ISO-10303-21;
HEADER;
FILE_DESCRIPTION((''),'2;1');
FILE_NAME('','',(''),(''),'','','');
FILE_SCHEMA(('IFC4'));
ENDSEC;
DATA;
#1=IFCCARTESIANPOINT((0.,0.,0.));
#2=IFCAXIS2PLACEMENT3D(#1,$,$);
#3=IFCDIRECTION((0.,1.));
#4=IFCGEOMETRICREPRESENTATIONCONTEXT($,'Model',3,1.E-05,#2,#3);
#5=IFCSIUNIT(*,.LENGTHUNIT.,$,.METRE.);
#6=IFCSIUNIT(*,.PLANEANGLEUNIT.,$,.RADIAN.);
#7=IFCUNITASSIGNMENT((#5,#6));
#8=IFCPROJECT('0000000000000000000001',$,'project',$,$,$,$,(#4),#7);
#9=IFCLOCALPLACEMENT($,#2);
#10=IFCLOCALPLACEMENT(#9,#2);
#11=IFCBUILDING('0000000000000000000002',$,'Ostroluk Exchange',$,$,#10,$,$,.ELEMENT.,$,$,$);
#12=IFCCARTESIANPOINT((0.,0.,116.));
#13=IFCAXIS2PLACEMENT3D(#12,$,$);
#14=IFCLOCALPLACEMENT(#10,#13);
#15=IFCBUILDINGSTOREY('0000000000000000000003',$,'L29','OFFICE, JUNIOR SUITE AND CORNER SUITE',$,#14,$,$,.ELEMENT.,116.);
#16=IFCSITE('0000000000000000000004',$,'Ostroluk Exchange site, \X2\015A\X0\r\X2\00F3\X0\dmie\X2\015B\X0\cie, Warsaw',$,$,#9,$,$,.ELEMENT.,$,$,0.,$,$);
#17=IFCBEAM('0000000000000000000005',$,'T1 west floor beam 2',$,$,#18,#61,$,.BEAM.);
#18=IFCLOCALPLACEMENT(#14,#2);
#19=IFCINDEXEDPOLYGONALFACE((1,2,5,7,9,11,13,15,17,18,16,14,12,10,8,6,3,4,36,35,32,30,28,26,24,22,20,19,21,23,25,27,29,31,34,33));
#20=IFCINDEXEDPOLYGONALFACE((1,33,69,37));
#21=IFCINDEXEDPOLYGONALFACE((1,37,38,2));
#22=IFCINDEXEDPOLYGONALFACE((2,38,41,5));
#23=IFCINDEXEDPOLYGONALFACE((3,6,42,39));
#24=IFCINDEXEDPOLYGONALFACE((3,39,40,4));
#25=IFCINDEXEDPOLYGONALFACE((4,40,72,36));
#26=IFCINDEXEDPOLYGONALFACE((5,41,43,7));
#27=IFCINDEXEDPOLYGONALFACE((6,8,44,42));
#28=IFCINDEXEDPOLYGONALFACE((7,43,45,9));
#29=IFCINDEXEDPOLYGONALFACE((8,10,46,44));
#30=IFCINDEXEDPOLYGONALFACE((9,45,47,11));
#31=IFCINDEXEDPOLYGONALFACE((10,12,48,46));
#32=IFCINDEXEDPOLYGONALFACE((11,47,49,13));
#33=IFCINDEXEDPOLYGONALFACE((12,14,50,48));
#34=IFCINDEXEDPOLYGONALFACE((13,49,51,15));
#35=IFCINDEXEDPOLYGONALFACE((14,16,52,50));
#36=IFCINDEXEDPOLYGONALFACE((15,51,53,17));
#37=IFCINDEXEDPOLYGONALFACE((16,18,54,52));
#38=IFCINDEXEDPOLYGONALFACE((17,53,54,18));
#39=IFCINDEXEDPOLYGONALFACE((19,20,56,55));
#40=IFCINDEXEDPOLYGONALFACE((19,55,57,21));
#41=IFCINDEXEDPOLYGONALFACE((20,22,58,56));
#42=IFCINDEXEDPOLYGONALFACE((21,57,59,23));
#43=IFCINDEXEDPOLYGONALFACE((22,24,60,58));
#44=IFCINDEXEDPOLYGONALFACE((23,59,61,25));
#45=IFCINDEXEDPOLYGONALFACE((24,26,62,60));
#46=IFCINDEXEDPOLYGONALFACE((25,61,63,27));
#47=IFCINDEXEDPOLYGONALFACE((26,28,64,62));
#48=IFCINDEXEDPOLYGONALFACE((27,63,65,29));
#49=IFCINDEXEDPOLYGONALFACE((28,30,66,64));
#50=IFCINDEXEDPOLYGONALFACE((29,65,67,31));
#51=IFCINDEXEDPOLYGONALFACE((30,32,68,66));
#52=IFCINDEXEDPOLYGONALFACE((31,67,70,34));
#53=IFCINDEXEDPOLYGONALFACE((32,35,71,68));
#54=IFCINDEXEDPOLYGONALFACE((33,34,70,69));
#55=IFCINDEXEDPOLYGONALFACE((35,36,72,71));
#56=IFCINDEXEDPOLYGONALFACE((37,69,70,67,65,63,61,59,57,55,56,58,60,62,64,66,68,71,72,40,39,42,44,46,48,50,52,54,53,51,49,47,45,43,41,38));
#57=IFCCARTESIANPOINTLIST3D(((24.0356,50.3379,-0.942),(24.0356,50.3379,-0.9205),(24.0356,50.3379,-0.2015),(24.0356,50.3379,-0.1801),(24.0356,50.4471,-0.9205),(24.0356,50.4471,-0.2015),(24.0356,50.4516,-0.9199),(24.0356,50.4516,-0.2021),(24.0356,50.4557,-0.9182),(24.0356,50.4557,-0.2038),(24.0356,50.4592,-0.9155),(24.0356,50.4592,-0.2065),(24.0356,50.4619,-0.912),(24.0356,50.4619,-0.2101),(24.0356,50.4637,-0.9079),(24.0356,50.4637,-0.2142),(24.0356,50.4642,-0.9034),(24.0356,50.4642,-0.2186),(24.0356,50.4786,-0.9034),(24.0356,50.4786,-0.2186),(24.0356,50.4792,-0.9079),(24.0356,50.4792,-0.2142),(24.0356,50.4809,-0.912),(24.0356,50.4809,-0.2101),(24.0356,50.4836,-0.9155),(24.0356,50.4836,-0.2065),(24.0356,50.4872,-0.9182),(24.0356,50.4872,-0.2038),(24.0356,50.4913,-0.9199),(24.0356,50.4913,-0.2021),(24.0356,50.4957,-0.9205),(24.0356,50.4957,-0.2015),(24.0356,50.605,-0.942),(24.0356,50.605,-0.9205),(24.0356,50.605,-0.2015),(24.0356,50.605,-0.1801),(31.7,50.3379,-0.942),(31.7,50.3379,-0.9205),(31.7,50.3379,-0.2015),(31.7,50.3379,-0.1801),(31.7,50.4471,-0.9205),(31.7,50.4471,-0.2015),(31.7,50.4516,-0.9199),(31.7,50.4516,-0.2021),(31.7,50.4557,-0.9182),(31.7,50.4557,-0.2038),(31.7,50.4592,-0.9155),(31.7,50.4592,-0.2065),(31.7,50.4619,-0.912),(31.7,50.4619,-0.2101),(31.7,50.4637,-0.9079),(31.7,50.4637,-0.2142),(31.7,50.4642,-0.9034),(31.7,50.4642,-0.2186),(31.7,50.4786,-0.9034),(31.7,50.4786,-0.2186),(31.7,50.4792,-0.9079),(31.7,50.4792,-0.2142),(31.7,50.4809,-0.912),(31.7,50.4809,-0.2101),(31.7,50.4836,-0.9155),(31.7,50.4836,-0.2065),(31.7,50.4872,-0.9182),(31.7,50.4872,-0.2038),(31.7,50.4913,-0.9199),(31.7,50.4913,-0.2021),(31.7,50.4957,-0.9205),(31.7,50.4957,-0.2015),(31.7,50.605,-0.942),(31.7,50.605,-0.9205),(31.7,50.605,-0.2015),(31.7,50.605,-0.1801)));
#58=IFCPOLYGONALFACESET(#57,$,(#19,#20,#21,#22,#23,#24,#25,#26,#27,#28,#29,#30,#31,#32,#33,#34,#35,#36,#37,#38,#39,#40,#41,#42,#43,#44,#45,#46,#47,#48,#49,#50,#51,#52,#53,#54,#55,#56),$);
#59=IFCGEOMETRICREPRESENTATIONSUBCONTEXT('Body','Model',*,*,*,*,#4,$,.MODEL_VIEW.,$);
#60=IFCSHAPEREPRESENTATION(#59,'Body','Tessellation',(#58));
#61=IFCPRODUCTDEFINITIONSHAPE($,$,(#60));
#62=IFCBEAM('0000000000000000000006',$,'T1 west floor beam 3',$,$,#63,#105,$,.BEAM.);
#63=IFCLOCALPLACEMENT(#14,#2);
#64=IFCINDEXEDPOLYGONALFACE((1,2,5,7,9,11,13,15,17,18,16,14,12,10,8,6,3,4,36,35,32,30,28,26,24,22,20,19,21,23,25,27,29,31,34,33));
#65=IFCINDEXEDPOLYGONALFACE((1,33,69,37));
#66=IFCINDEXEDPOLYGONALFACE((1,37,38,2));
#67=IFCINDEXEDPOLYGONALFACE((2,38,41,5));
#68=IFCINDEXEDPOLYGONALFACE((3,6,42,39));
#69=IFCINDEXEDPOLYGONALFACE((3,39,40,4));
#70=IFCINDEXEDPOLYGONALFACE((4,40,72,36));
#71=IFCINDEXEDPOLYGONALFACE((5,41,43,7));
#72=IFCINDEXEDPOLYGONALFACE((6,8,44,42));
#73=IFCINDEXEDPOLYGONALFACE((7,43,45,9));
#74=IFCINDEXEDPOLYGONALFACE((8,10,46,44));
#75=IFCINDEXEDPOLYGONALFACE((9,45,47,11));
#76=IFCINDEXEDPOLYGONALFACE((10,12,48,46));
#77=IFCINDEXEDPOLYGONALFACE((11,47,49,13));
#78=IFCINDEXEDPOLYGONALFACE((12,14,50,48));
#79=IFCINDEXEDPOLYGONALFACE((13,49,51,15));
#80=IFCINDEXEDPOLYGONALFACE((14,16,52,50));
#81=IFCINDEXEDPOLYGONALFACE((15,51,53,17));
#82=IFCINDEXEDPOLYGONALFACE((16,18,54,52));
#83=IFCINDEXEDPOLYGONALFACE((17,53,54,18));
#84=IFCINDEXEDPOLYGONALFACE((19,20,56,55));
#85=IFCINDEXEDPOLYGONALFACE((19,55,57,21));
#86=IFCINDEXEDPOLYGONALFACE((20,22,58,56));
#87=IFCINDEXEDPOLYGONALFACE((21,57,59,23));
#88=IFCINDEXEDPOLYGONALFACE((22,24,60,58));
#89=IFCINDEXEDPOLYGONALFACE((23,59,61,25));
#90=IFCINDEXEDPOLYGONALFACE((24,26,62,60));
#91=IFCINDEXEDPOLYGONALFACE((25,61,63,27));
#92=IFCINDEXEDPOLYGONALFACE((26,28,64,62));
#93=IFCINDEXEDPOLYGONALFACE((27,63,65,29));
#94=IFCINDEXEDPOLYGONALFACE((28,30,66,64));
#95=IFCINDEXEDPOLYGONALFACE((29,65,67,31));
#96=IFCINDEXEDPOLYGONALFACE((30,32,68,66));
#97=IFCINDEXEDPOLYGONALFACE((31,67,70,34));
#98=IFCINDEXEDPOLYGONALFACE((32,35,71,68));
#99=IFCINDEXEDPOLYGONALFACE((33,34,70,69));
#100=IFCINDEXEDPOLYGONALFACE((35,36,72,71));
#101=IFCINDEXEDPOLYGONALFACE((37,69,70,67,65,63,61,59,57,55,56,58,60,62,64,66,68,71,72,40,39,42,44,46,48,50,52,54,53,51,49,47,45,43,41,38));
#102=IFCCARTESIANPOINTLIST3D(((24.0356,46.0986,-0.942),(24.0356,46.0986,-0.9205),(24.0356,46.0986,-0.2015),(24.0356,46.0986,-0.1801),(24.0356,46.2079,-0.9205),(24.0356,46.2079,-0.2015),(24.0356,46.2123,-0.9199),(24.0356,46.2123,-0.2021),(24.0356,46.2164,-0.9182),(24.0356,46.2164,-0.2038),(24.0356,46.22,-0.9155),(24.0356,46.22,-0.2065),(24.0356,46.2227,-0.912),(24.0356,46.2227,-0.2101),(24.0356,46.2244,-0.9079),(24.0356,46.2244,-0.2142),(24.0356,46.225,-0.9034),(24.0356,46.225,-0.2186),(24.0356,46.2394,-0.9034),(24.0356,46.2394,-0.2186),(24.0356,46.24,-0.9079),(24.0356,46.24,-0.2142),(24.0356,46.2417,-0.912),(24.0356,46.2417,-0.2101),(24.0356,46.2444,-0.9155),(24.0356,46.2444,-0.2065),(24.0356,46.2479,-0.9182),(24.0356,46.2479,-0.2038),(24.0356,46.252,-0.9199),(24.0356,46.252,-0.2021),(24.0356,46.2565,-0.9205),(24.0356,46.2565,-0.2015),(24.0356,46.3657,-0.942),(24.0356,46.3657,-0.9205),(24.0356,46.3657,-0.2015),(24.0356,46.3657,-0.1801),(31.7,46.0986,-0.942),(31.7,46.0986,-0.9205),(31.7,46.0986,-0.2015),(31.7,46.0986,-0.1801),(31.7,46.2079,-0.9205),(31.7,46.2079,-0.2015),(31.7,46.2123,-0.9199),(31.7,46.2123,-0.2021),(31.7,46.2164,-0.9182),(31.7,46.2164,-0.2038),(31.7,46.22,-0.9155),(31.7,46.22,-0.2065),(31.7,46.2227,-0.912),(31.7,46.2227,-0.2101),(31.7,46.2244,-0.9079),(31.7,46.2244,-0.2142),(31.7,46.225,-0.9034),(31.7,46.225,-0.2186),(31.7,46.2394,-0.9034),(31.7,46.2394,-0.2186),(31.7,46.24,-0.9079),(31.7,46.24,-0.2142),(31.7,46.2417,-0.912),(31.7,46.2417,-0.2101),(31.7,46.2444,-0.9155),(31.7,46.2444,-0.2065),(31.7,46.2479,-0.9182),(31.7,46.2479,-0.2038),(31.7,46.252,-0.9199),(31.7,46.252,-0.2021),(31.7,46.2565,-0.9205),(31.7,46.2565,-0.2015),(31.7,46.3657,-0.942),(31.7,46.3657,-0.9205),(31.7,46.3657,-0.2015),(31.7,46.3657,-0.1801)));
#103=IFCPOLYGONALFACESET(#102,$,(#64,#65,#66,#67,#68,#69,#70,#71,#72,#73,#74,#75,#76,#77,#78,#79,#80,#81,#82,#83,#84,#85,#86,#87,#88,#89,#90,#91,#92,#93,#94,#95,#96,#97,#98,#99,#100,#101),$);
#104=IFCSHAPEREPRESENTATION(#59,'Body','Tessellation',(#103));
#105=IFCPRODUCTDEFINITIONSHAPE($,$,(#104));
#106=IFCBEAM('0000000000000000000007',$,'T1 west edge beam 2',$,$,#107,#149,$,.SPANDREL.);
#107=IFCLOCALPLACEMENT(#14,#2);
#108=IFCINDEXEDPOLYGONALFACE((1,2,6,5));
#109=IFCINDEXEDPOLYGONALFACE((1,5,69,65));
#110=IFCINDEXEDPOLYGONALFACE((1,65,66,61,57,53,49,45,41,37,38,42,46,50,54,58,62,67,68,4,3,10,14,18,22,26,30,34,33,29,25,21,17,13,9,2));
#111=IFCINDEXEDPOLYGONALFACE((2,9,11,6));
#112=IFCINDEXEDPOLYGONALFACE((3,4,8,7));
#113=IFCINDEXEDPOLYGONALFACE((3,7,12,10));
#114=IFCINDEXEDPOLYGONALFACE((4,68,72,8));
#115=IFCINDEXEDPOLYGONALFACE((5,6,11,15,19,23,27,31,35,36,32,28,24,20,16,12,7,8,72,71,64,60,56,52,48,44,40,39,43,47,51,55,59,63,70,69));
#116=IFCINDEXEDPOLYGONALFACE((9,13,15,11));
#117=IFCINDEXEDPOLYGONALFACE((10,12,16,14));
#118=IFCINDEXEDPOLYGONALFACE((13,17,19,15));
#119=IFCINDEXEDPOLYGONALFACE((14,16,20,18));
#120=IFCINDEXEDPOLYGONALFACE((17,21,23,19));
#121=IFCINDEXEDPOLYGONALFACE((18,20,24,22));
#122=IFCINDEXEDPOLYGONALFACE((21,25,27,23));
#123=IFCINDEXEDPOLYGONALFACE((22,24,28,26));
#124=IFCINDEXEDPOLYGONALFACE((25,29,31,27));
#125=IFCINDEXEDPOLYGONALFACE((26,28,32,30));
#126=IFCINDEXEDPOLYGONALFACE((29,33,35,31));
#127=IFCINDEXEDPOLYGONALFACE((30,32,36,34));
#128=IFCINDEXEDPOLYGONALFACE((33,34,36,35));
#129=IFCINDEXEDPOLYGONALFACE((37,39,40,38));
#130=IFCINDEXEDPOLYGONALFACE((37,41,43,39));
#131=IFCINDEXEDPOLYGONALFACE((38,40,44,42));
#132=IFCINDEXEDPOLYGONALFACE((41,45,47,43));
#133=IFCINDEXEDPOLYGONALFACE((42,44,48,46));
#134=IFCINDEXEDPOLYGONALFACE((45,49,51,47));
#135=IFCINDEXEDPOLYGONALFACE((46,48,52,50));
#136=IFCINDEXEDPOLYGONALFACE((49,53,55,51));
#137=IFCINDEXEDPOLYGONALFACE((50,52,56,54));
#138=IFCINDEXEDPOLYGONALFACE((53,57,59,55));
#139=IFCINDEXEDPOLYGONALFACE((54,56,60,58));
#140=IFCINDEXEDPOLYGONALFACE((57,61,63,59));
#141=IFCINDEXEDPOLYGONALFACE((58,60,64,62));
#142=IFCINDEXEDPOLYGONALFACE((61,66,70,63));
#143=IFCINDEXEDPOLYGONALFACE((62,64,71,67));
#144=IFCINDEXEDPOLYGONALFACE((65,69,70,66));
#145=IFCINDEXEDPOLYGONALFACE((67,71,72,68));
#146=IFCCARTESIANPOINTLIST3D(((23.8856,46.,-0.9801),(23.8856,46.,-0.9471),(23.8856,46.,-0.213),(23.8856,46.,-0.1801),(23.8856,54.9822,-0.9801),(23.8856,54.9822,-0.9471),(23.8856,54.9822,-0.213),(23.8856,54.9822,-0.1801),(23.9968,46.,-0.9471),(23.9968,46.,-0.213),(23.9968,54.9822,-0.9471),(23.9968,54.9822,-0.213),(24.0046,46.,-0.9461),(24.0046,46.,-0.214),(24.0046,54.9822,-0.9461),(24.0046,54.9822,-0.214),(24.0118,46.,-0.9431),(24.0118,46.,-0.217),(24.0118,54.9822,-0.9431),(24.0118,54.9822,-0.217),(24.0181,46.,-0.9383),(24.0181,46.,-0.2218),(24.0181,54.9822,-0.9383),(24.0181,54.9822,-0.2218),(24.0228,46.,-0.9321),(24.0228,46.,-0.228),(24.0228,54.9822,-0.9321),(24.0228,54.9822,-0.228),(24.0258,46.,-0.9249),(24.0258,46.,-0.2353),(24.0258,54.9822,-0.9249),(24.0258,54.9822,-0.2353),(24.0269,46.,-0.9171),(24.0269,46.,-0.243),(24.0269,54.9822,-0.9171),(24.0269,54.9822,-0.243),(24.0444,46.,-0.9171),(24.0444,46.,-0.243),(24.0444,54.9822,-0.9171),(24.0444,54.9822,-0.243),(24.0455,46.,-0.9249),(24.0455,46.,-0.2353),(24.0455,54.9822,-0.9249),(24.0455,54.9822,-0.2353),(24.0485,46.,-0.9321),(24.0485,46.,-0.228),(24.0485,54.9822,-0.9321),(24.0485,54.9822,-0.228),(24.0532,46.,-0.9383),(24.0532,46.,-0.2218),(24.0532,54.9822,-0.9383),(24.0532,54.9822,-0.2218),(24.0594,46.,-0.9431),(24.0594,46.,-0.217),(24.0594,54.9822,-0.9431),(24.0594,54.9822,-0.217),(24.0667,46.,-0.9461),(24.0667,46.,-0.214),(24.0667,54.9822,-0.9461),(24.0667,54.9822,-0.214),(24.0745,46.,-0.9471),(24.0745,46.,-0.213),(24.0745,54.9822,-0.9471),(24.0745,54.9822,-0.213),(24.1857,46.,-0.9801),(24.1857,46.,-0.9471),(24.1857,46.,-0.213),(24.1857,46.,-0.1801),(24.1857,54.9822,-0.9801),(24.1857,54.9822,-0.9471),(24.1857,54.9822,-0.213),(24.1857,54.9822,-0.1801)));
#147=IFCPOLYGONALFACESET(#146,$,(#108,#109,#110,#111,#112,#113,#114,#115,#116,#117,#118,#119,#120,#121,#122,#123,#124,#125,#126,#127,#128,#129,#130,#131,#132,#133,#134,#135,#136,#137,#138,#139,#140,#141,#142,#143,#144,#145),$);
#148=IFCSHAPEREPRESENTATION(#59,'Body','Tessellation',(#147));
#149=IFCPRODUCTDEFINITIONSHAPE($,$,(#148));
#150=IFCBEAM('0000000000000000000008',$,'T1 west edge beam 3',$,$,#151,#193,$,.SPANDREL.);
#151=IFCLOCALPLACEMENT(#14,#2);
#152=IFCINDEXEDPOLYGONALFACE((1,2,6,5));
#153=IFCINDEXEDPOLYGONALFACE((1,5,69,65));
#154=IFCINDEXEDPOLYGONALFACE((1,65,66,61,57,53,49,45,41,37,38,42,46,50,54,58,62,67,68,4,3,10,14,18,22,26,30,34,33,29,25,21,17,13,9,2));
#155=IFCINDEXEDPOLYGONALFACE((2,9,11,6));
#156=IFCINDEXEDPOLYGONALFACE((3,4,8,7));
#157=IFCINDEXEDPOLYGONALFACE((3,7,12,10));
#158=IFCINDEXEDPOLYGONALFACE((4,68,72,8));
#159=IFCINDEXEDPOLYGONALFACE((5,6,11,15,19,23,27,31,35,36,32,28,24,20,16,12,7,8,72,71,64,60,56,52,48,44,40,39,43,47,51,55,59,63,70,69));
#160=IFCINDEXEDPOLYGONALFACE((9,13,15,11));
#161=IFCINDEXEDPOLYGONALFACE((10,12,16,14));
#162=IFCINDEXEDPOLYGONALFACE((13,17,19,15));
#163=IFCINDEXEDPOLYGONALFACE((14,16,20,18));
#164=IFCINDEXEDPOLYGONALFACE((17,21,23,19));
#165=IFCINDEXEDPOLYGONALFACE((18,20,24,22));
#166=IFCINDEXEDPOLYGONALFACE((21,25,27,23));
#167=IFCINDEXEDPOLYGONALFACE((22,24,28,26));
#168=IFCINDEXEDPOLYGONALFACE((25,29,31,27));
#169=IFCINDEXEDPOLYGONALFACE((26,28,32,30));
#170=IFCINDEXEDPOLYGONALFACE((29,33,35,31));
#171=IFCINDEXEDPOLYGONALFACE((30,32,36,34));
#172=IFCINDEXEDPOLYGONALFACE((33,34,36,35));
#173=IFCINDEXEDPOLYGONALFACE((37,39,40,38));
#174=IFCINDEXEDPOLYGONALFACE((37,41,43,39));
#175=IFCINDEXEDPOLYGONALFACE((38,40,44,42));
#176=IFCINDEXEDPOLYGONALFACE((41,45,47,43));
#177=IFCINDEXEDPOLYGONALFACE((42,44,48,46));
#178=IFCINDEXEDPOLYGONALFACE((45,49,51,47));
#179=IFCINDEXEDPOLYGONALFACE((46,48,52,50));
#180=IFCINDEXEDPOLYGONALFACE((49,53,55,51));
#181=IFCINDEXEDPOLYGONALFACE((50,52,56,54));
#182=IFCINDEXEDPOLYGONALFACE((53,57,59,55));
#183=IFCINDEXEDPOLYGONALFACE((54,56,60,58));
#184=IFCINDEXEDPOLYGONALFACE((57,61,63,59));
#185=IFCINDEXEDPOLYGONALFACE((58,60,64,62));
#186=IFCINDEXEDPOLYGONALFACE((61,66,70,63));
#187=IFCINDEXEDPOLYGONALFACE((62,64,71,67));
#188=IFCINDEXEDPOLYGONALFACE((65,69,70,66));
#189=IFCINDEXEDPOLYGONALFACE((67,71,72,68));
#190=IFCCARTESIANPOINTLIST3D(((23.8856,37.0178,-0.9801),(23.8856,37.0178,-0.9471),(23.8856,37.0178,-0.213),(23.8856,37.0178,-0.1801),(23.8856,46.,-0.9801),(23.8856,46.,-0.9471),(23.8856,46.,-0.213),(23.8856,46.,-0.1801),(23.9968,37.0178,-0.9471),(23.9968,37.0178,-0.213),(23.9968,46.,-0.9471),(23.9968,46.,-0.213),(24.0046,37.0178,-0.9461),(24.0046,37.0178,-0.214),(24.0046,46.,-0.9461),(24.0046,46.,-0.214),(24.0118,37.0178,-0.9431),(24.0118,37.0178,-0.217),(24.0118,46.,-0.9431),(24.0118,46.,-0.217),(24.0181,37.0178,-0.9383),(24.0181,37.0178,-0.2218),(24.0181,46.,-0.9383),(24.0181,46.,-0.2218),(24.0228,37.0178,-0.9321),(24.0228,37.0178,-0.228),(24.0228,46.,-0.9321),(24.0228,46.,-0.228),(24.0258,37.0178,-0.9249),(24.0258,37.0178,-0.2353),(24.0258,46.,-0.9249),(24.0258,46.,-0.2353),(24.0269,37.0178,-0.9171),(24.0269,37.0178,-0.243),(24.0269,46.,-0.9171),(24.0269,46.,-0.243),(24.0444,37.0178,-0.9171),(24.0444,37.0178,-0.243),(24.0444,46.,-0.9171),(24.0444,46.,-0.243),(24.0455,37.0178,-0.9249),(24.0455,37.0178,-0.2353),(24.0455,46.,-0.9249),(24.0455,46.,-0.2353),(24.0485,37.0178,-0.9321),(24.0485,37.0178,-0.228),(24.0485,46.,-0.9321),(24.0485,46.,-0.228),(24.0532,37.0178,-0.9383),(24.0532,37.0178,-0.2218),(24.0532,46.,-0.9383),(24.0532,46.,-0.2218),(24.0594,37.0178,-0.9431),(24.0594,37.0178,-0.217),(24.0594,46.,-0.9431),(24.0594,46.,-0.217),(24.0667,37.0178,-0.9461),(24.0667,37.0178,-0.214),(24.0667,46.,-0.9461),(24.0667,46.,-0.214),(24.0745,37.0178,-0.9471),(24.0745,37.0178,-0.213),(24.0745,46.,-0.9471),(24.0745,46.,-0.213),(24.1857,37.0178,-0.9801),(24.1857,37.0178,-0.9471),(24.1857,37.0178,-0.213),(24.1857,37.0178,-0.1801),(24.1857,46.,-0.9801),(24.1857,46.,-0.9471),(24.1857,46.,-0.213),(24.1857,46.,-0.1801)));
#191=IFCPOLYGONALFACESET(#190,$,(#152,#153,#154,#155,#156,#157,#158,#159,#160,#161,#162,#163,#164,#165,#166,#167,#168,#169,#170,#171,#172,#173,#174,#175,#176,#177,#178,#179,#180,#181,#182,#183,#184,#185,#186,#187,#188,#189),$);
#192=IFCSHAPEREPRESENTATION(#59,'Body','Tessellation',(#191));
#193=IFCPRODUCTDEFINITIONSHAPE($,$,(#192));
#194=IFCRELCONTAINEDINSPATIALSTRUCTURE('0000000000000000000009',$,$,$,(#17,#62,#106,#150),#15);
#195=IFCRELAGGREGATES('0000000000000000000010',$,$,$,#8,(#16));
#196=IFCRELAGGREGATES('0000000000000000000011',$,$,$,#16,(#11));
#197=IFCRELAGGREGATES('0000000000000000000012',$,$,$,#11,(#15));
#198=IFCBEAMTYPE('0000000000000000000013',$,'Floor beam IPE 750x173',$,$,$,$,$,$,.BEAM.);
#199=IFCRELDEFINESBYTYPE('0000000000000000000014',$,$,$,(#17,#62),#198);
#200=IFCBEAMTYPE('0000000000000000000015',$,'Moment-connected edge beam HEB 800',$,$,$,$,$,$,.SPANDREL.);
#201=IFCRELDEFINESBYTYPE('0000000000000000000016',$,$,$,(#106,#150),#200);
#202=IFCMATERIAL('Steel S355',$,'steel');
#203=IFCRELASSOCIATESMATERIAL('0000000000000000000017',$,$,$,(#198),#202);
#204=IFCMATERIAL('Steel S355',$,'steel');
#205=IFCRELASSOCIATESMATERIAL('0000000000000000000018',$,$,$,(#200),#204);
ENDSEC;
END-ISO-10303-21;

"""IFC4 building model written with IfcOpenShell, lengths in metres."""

from ifc_helpers import new_model, si_unit, direction, frame, origin, origin_2d, place, context, subcontext, project, spatial, i_section, extrude, material, material_profile, profile_set, type_object, element, save


model = new_model("IFC4")

# Units and contexts
model_context = context("Model", 3, precision=1e-05, world=origin(), true_north=direction((0.0, 1.0)))
body_context = subcontext(model_context, "Body", "Model", "MODEL_VIEW")
ifc_project = project(units=[si_unit("LENGTHUNIT", "METRE"), si_unit("PLANEANGLEUNIT", "RADIAN")], contexts=[model_context])

# Site, building, storey
site_placement = place(None, origin())
site = spatial("IfcSite", under=ifc_project, at=site_placement, Name="Ostroluk Exchange site, Śródmieście, Warsaw", CompositionType="ELEMENT", RefElevation=0.0)
building_placement = place(site_placement, origin())
building = spatial("IfcBuilding", under=site, at=building_placement, Name="Ostroluk Exchange", CompositionType="ELEMENT")
storey_placement = place(building_placement, frame((0.0, 0.0, 116.0)))
storey = spatial("IfcBuildingStorey", under=building, at=storey_placement, Name="L29", Description="OFFICE, JUNIOR SUITE AND CORNER SUITE", CompositionType="ELEMENT", Elevation=116.0)

# Beams
ifc_material_1 = material(Name="Steel S355", Category="steel")
ifc_material_profile_1 = material_profile(ifc_material_1, i_section(OverallWidth=0.2671, OverallDepth=0.762, WebThickness=0.0144, FlangeThickness=0.0215, FilletRadius=0.0171, at=origin_2d()), Name="IPE 750x173")
ifc_profile_set_1 = profile_set([ifc_material_profile_1], Name="Steel S355")
beam_type_1 = type_object("IfcBeamType", Name="Floor beam IPE 750x173", PredefinedType="BEAM", material=ifc_profile_set_1)
for number, where, z_axis, x_axis, name in (
    (1, (31.7, 50.4714, -0.561), (-1.0, 0.0, 0.0), (0.0, -1.0, 0.0), "T1 west floor beam 2"),
    (2, (31.7, 46.2322, -0.561), (-1.0, 0.0, 0.0), (0.0, -1.0, 0.0), "T1 west floor beam 3"),
):
    element("IfcBeam", number, at=place(storey_placement, frame(where, z_axis=z_axis, x_axis=x_axis)), inside=storey, type_object=beam_type_1, Name=name, PredefinedType="BEAM", context=body_context, shape_type="SweptSolid", body=[
        extrude(i_section(OverallWidth=0.2671, OverallDepth=0.762, WebThickness=0.0144, FlangeThickness=0.0215, FilletRadius=0.0171, at=origin_2d()), origin(), (0.0, 0.0, 1.0), 7.6643),
    ])
ifc_material_2 = material(Name="Steel S355", Category="steel")
ifc_material_profile_2 = material_profile(ifc_material_2, i_section(OverallWidth=0.3, OverallDepth=0.8, WebThickness=0.0176, FlangeThickness=0.033, FilletRadius=0.03, at=origin_2d()), Name="HEB 800")
ifc_profile_set_2 = profile_set([ifc_material_profile_2], Name="Steel S355")
beam_type_2 = type_object("IfcBeamType", Name="Moment-connected edge beam HEB 800", PredefinedType="SPANDREL", material=ifc_profile_set_2)
for number, where, z_axis, x_axis, name in (
    (3, (24.0356, 54.9822, -0.5801), (0.0, -1.0, 0.0), (1.0, 0.0, 0.0), "T1 west edge beam 2"),
    (4, (24.0356, 46.0, -0.5801), (0.0, -1.0, 0.0), (1.0, 0.0, 0.0), "T1 west edge beam 3"),
):
    element("IfcBeam", number, at=place(storey_placement, frame(where, z_axis=z_axis, x_axis=x_axis)), inside=storey, type_object=beam_type_2, Name=name, PredefinedType="SPANDREL", context=body_context, shape_type="SweptSolid", body=[
        extrude(i_section(OverallWidth=0.3, OverallDepth=0.8, WebThickness=0.0176, FlangeThickness=0.033, FilletRadius=0.03, at=origin_2d()), origin(), (0.0, 0.0, 1.0), 8.9822),
    ])

save(model, "model.ifc")
